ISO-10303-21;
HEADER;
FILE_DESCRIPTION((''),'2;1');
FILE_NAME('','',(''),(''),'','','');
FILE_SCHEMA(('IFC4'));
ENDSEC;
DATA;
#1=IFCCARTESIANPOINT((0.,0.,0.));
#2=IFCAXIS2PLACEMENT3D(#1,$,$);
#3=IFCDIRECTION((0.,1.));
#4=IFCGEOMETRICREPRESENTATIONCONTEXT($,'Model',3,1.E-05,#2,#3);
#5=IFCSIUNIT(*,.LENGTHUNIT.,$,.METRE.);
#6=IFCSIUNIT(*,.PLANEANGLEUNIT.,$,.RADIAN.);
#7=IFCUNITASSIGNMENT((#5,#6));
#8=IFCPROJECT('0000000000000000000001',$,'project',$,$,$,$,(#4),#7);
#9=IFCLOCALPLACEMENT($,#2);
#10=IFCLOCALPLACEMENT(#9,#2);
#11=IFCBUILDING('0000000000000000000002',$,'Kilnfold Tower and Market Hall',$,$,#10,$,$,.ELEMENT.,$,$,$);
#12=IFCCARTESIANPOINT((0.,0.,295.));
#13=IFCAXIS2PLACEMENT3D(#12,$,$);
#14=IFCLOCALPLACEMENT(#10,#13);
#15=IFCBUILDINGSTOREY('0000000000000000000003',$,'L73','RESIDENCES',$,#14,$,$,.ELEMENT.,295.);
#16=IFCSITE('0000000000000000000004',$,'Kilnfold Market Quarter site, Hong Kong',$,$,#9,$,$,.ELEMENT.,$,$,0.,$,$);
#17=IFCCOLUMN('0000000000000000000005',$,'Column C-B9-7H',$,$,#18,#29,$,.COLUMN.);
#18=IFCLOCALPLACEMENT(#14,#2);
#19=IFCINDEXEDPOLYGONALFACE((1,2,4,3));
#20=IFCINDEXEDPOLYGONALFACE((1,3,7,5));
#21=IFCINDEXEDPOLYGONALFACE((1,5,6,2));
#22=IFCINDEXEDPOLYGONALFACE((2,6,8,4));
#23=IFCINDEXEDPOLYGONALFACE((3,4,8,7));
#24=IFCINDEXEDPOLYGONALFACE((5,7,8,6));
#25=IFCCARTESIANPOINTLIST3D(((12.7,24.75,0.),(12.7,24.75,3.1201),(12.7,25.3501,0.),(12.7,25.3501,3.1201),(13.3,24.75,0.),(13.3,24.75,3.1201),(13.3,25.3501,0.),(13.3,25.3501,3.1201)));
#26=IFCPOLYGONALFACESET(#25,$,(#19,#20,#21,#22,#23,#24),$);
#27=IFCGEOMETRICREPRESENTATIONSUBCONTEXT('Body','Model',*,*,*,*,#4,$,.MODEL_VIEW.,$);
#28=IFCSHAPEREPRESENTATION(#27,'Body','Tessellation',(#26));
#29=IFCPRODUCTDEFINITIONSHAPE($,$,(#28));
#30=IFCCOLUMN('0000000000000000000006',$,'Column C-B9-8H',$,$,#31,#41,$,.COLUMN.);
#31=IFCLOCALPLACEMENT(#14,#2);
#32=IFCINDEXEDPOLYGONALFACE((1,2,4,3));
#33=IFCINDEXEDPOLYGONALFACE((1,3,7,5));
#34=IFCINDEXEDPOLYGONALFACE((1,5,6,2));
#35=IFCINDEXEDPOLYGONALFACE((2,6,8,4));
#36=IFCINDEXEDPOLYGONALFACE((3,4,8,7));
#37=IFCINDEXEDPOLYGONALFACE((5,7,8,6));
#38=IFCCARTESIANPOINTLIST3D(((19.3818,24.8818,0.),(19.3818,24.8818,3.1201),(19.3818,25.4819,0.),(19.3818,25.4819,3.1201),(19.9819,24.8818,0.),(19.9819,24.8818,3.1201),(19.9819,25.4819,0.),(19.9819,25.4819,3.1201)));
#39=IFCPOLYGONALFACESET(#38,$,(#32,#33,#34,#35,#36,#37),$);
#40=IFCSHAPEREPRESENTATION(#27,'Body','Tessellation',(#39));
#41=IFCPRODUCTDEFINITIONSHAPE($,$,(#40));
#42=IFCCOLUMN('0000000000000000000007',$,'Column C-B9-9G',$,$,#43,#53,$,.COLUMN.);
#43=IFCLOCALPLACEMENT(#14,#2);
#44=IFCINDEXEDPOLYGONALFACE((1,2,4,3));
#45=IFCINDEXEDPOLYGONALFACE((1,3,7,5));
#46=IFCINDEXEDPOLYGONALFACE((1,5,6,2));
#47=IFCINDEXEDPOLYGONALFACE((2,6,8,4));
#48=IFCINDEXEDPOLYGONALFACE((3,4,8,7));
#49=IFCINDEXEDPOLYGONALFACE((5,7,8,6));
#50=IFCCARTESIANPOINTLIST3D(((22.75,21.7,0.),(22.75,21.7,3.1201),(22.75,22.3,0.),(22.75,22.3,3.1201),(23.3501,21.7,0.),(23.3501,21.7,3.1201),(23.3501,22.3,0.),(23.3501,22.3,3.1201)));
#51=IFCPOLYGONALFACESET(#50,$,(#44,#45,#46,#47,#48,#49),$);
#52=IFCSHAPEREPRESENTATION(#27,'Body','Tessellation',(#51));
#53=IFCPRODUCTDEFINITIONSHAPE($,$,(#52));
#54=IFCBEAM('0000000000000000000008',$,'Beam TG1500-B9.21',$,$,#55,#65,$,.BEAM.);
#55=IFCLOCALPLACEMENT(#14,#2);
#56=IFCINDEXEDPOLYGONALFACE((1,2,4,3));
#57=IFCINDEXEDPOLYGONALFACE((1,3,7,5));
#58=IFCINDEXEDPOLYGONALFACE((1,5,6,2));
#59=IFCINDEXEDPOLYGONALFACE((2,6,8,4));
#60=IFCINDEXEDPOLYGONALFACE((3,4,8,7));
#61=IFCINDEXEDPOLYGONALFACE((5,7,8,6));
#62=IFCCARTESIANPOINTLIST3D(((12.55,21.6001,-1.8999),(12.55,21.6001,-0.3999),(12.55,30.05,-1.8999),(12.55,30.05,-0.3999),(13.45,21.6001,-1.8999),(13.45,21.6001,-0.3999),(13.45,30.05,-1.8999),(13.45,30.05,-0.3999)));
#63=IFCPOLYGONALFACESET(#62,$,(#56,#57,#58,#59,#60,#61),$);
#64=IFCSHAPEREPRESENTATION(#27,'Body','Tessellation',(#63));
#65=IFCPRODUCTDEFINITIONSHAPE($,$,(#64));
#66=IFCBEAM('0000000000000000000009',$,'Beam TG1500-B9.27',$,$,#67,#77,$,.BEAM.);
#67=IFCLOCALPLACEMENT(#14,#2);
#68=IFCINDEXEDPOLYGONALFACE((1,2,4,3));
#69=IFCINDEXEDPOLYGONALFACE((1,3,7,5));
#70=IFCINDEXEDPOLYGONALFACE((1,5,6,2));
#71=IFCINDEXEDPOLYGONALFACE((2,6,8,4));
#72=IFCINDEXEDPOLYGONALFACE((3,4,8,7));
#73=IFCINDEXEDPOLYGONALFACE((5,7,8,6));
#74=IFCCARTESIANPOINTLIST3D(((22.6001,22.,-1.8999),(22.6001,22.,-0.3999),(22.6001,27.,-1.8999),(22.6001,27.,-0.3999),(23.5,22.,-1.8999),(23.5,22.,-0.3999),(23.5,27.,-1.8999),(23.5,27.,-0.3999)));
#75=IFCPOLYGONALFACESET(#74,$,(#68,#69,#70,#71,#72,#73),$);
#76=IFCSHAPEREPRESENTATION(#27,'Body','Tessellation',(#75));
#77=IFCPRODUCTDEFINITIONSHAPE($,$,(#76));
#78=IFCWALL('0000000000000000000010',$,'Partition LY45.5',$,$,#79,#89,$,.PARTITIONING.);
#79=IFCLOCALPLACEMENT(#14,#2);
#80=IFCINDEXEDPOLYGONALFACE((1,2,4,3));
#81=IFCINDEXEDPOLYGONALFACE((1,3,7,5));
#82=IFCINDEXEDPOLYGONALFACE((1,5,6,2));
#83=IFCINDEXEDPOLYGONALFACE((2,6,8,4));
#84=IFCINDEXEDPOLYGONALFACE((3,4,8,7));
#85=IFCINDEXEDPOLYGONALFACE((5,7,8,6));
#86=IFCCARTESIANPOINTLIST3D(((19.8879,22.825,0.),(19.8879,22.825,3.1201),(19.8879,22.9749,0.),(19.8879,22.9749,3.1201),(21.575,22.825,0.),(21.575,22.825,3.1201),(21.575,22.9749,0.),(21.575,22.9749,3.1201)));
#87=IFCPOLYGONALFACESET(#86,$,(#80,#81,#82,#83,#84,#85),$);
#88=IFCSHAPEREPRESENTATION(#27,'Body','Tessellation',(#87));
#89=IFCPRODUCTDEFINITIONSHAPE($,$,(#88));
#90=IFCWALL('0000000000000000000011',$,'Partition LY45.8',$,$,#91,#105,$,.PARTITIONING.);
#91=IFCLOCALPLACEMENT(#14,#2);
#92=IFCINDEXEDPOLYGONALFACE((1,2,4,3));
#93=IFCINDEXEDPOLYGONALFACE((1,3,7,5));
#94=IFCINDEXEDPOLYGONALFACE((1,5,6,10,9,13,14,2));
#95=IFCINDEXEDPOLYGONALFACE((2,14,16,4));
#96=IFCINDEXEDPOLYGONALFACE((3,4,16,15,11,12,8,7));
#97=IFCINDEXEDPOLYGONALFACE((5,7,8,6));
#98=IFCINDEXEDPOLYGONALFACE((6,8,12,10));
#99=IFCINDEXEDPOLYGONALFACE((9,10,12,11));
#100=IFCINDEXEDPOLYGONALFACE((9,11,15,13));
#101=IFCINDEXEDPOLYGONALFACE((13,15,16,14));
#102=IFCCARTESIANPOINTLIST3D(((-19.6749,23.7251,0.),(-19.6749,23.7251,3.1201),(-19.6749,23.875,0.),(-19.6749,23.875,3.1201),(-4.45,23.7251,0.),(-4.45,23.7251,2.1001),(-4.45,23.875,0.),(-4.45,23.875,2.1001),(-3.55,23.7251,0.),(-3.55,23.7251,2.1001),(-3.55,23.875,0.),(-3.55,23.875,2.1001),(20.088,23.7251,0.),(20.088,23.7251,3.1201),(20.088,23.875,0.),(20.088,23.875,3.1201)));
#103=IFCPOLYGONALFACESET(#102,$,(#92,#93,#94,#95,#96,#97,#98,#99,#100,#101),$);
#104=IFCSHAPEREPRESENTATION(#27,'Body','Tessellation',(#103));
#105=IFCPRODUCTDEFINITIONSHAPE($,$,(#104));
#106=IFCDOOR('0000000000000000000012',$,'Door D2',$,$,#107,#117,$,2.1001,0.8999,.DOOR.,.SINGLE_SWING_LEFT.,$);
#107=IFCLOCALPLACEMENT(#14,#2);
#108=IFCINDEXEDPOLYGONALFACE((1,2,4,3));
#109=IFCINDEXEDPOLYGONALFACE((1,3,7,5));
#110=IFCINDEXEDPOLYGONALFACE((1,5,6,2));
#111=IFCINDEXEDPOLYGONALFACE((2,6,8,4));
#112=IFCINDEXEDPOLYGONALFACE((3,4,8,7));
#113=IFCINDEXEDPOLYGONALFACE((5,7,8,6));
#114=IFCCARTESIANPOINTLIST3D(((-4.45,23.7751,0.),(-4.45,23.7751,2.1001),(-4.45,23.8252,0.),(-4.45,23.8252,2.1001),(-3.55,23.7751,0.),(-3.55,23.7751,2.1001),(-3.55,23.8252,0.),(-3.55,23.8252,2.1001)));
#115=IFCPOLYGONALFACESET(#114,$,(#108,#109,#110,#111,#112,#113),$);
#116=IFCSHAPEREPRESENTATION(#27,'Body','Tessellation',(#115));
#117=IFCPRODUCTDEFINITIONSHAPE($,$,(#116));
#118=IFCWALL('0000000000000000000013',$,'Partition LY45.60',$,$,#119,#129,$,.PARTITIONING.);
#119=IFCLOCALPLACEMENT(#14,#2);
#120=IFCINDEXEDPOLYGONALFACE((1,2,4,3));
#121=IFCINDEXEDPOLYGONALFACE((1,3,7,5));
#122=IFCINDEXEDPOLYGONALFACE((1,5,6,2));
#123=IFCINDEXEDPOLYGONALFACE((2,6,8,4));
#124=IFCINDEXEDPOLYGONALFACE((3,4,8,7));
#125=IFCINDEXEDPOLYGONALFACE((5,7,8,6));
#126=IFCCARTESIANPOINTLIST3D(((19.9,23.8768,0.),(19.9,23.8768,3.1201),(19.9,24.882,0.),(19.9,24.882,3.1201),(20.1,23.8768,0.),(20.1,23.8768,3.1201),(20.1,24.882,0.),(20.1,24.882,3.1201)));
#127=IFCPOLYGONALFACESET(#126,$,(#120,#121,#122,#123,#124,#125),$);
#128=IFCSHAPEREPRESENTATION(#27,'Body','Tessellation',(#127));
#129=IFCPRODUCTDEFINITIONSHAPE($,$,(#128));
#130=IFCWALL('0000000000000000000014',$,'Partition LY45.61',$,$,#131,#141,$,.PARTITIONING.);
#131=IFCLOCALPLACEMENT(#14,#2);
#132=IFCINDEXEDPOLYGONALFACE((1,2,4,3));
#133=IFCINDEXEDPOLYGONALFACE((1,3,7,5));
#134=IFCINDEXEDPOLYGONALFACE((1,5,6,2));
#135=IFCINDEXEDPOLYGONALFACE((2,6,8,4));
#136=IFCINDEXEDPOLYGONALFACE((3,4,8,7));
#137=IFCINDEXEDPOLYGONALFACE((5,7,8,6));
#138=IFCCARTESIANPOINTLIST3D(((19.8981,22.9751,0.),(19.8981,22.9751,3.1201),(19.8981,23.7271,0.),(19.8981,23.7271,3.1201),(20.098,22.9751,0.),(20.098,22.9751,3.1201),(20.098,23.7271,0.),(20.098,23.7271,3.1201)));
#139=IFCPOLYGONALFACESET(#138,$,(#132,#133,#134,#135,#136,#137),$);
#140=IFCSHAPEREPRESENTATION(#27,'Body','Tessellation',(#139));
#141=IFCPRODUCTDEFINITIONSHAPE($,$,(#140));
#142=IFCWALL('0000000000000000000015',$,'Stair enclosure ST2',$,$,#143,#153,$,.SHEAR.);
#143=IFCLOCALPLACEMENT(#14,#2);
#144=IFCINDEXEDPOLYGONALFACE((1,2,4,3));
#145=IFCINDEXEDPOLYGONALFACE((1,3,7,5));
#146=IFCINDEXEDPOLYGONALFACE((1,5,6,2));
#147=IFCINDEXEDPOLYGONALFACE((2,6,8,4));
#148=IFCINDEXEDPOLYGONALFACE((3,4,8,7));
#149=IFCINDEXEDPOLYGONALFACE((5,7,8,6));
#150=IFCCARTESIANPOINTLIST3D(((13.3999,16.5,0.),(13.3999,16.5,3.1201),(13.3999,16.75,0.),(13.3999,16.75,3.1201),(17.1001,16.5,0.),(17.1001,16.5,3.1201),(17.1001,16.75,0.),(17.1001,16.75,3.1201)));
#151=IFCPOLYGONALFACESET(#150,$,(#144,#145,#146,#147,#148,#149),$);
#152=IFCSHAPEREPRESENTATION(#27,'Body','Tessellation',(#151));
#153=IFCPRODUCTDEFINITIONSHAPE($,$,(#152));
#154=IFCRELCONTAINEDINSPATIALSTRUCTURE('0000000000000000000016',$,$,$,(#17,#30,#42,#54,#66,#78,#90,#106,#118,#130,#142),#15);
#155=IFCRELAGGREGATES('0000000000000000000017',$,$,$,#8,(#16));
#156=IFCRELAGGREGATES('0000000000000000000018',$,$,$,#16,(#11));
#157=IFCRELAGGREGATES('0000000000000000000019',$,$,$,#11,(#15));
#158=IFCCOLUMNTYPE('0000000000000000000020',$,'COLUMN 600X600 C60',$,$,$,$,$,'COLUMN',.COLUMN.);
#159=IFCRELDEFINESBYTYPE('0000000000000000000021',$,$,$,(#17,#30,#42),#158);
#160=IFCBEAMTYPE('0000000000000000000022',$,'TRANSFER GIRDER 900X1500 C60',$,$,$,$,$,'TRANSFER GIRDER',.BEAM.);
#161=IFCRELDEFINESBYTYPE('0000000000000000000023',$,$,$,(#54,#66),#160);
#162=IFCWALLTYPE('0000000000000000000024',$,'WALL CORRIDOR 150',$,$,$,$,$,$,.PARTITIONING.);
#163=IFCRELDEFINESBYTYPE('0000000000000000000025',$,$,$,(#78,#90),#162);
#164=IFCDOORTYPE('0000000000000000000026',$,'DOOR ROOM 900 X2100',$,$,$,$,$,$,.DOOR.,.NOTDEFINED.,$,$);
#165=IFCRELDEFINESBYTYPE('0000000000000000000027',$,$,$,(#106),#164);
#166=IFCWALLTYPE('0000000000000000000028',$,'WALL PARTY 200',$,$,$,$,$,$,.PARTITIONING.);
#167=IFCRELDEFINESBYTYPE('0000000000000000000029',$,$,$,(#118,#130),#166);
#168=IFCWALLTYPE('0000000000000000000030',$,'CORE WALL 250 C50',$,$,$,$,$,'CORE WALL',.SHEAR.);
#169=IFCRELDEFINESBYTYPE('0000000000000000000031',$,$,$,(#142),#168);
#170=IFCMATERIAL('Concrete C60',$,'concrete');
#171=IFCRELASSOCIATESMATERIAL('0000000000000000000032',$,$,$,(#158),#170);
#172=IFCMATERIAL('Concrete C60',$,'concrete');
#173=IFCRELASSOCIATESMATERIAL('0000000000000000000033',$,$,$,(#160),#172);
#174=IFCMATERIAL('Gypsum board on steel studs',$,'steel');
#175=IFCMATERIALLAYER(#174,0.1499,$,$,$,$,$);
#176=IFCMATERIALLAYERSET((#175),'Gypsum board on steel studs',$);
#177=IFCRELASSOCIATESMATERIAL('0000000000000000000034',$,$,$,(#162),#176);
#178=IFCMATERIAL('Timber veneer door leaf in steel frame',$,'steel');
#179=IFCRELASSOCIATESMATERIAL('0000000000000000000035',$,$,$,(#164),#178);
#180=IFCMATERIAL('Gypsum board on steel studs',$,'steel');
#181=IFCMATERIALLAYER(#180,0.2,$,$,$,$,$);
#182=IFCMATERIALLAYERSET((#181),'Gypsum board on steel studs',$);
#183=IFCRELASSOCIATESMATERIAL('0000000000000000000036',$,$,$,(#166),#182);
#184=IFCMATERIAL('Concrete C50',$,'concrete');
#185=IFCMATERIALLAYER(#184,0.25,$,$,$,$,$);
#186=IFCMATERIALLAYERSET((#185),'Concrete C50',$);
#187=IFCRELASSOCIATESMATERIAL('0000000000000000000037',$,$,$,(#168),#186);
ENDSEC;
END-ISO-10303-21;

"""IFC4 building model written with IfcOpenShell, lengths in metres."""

from ifc_helpers import new_model, si_unit, direction, frame, frame_2d, origin, origin_2d, place, context, subcontext, project, spatial, rectangle, extrude, source, transform, mapped, material, layer, layer_set, material_profile, profile_set, type_object, element, fill, save


model = new_model("IFC4")

# Units and contexts
model_context = context("Model", 3, precision=1e-05, world=origin(), true_north=direction((0.0, 1.0)))
body_context = subcontext(model_context, "Body", "Model", "MODEL_VIEW")
ifc_project = project(units=[si_unit("LENGTHUNIT", "METRE"), si_unit("PLANEANGLEUNIT", "RADIAN")], contexts=[model_context])

# Site, building, storey
site_placement = place(None, origin())
site = spatial("IfcSite", under=ifc_project, at=site_placement, Name="Kilnfold Market Quarter site, Hong Kong", CompositionType="ELEMENT", RefElevation=0.0)
building_placement = place(site_placement, origin())
building = spatial("IfcBuilding", under=site, at=building_placement, Name="Kilnfold Tower and Market Hall", CompositionType="ELEMENT")
storey_placement = place(building_placement, frame((0.0, 0.0, 295.0)))
storey = spatial("IfcBuildingStorey", under=building, at=storey_placement, Name="L73", Description="RESIDENCES", CompositionType="ELEMENT", Elevation=295.0)

# Columns
ifc_material_1 = material(Name="Concrete C60", Category="concrete")
ifc_material_profile_1 = material_profile(ifc_material_1, rectangle(XDim=0.6001, YDim=0.6001, at=origin_2d()), Name="RC 600x600")
ifc_profile_set_1 = profile_set([ifc_material_profile_1], Name="Concrete C60")
column_type = type_object("IfcColumnType", Name="COLUMN 600X600 C60", ElementType="COLUMN", PredefinedType="COLUMN", material=ifc_profile_set_1)
shared_shape_1 = source(origin(), body_context, "Body", "SweptSolid", [
    extrude(rectangle(XDim=0.6001, YDim=0.6001, at=origin_2d()), origin(), (0.0, 0.0, 1.0), 3.1201),
])
for number, where, z_axis, x_axis, name in (
    (1, (13.0, 25.05, 0.0), (0.0, 0.0, 1.0), (1.0, 0.0, 0.0), "Column C-B9-7H"),
    (2, (19.6819, 25.1819, 0.0), (0.0, 0.0, 1.0), (1.0, 0.0, 0.0), "Column C-B9-8H"),
    (3, (23.05, 22.0, 0.0), (0.0, 0.0, 1.0), (1.0, 0.0, 0.0), "Column C-B9-9G"),
):
    element("IfcColumn", number, at=place(storey_placement, frame(where, z_axis=z_axis, x_axis=x_axis)), inside=storey, type_object=column_type, Name=name, PredefinedType="COLUMN", context=body_context, shape_type="MappedRepresentation", body=[
        mapped(shared_shape_1, transform((0.0, 0.0, 0.0))),
    ])

# Beams
ifc_material_2 = material(Name="Concrete C60", Category="concrete")
ifc_material_profile_2 = material_profile(ifc_material_2, rectangle(XDim=0.8999, YDim=1.5, at=origin_2d()), Name="RC 900x1500")
ifc_profile_set_2 = profile_set([ifc_material_profile_2], Name="Concrete C60")
beam_type = type_object("IfcBeamType", Name="TRANSFER GIRDER 900X1500 C60", ElementType="TRANSFER GIRDER", PredefinedType="BEAM", material=ifc_profile_set_2)
shared_shape_2 = source(origin(), body_context, "Body", "SweptSolid", [
    extrude(rectangle(XDim=0.8999, YDim=1.5, at=origin_2d()), origin(), (0.0, 0.0, 1.0), 8.45),
])
beam_1_placement = place(storey_placement, frame((13.0, 21.6001, -1.1499), z_axis=(0.0, 1.0, 0.0), x_axis=(-1.0, 0.0, 0.0)))
element("IfcBeam", 4, at=beam_1_placement, inside=storey, type_object=beam_type, Name="Beam TG1500-B9.21", PredefinedType="BEAM", context=body_context, shape_type="MappedRepresentation", body=[
    mapped(shared_shape_2, transform((0.0, 0.0, 0.0))),
])
shared_shape_3 = source(origin(), body_context, "Body", "SweptSolid", [
    extrude(rectangle(XDim=0.8999, YDim=1.5, at=origin_2d()), origin(), (0.0, 0.0, 1.0), 5.0),
])
beam_2_placement = place(storey_placement, frame((23.05, 22.0, -1.1499), z_axis=(0.0, 1.0, 0.0), x_axis=(-1.0, 0.0, 0.0)))
element("IfcBeam", 5, at=beam_2_placement, inside=storey, type_object=beam_type, Name="Beam TG1500-B9.27", PredefinedType="BEAM", context=body_context, shape_type="MappedRepresentation", body=[
    mapped(shared_shape_3, transform((0.0, 0.0, 0.0))),
])

# Wall
ifc_material_3 = material(Name="Gypsum board on steel studs", Category="steel")
ifc_layer_1 = layer(ifc_material_3, 0.1499)
ifc_layer_set_1 = layer_set([ifc_layer_1], Name="Gypsum board on steel studs")
wall_type_1 = type_object("IfcWallType", Name="WALL CORRIDOR 150", PredefinedType="PARTITIONING", material=ifc_layer_set_1)
wall_1_placement = place(storey_placement, frame((21.575, 22.8999, 0.0), z_axis=(0.0, 0.0, 1.0), x_axis=(-1.0, 0.0, 0.0)))
element("IfcWall", 6, at=wall_1_placement, inside=storey, type_object=wall_type_1, Name="Partition LY45.5", PredefinedType="PARTITIONING", context=body_context, shape_type="SweptSolid", body=[
    extrude(rectangle(XDim=1.687, YDim=0.1499, at=frame_2d((0.8435, 0.0))), origin(), (0.0, 0.0, 1.0), 3.1201),
])

# Wall, opening, door
wall_2_placement = place(storey_placement, frame((20.0879, 23.8, 0.0), z_axis=(0.0, 0.0, 1.0), x_axis=(-1.0, 0.0, 0.0)))
wall_2 = element("IfcWall", 7, at=wall_2_placement, inside=storey, type_object=wall_type_1, Name="Partition LY45.8", PredefinedType="PARTITIONING", context=body_context, shape_type="SweptSolid", body=[
    extrude(rectangle(XDim=39.7629, YDim=0.1499, at=frame_2d((19.8813, 0.0))), origin(), (0.0, 0.0, 1.0), 3.1201),
])
opening_1_placement = place(wall_2_placement, frame((23.6379, 0.0, 0.0)))
opening_1 = element("IfcOpeningElement", 8, at=opening_1_placement, cuts=wall_2, PredefinedType="OPENING", context=body_context, shape_type="SweptSolid", body=[
    extrude(rectangle(XDim=0.8999, YDim=2.1001, at=frame_2d((0.45, 1.05))), frame((0.0, 0.085, 0.0), z_axis=(0.0, -1.0, 0.0), x_axis=(1.0, 0.0, 0.0)), (0.0, 0.0, 1.0), 0.1699),
])
ifc_material_4 = material(Name="Timber veneer door leaf in steel frame", Category="steel")
door_type_1 = type_object("IfcDoorType", Name="DOOR ROOM 900 X2100", OperationType="NOTDEFINED", PredefinedType="DOOR", material=ifc_material_4)
door_1_placement = place(opening_1_placement, origin())
door_1 = element("IfcDoor", 9, at=door_1_placement, inside=storey, type_object=door_type_1, Name="Door D2", OperationType="SINGLE_SWING_LEFT", OverallHeight=2.1001, OverallWidth=0.8999, PredefinedType="DOOR", context=body_context, shape_type="SweptSolid", body=[
    extrude(rectangle(XDim=0.8999, YDim=2.1001, at=frame_2d((0.45, 1.05))), frame((0.0, 0.0249, 0.0), z_axis=(0.0, -1.0, 0.0), x_axis=(1.0, 0.0, 0.0)), (0.0, 0.0, 1.0), 0.05),
])
fill(opening_1, door_1)

# Walls
ifc_material_5 = material(Name="Gypsum board on steel studs", Category="steel")
ifc_layer_2 = layer(ifc_material_5, 0.2)
ifc_layer_set_2 = layer_set([ifc_layer_2], Name="Gypsum board on steel studs")
wall_type_2 = type_object("IfcWallType", Name="WALL PARTY 200", PredefinedType="PARTITIONING", material=ifc_layer_set_2)
wall_3_placement = place(storey_placement, frame((20.0, 23.877, 0.0), z_axis=(0.0, 0.0, 1.0), x_axis=(0.0, 1.0, 0.0)))
element("IfcWall", 10, at=wall_3_placement, inside=storey, type_object=wall_type_2, Name="Partition LY45.60", PredefinedType="PARTITIONING", context=body_context, shape_type="SweptSolid", body=[
    extrude(rectangle(XDim=1.0051, YDim=0.2, at=frame_2d((0.5024, 0.0))), origin(), (0.0, 0.0, 1.0), 3.1201),
])
wall_4_placement = place(storey_placement, frame((19.998, 23.7271, 0.0), z_axis=(0.0, 0.0, 1.0), x_axis=(0.0, -1.0, 0.0)))
element("IfcWall", 11, at=wall_4_placement, inside=storey, type_object=wall_type_2, Name="Partition LY45.61", PredefinedType="PARTITIONING", context=body_context, shape_type="SweptSolid", body=[
    extrude(rectangle(XDim=0.752, YDim=0.2, at=frame_2d((0.376, 0.0))), origin(), (0.0, 0.0, 1.0), 3.1201),
])
ifc_material_6 = material(Name="Concrete C50", Category="concrete")
ifc_layer_3 = layer(ifc_material_6, 0.25)
ifc_layer_set_3 = layer_set([ifc_layer_3], Name="Concrete C50")
wall_type_3 = type_object("IfcWallType", Name="CORE WALL 250 C50", ElementType="CORE WALL", PredefinedType="SHEAR", material=ifc_layer_set_3)
shared_shape_4 = source(origin(), body_context, "Body", "SweptSolid", [
    extrude(rectangle(XDim=3.7002, YDim=0.25, at=frame_2d((1.8501, 0.0))), origin(), (0.0, 0.0, 1.0), 3.1201),
])
wall_5_placement = place(storey_placement, frame((13.3999, 16.625, 0.0), z_axis=(0.0, 0.0, 1.0), x_axis=(1.0, 0.0, 0.0)))
element("IfcWall", 12, at=wall_5_placement, inside=storey, type_object=wall_type_3, Name="Stair enclosure ST2", PredefinedType="SHEAR", context=body_context, shape_type="MappedRepresentation", body=[
    mapped(shared_shape_4, transform((0.0, 0.0, 0.0))),
])

save(model, "model.ifc")
